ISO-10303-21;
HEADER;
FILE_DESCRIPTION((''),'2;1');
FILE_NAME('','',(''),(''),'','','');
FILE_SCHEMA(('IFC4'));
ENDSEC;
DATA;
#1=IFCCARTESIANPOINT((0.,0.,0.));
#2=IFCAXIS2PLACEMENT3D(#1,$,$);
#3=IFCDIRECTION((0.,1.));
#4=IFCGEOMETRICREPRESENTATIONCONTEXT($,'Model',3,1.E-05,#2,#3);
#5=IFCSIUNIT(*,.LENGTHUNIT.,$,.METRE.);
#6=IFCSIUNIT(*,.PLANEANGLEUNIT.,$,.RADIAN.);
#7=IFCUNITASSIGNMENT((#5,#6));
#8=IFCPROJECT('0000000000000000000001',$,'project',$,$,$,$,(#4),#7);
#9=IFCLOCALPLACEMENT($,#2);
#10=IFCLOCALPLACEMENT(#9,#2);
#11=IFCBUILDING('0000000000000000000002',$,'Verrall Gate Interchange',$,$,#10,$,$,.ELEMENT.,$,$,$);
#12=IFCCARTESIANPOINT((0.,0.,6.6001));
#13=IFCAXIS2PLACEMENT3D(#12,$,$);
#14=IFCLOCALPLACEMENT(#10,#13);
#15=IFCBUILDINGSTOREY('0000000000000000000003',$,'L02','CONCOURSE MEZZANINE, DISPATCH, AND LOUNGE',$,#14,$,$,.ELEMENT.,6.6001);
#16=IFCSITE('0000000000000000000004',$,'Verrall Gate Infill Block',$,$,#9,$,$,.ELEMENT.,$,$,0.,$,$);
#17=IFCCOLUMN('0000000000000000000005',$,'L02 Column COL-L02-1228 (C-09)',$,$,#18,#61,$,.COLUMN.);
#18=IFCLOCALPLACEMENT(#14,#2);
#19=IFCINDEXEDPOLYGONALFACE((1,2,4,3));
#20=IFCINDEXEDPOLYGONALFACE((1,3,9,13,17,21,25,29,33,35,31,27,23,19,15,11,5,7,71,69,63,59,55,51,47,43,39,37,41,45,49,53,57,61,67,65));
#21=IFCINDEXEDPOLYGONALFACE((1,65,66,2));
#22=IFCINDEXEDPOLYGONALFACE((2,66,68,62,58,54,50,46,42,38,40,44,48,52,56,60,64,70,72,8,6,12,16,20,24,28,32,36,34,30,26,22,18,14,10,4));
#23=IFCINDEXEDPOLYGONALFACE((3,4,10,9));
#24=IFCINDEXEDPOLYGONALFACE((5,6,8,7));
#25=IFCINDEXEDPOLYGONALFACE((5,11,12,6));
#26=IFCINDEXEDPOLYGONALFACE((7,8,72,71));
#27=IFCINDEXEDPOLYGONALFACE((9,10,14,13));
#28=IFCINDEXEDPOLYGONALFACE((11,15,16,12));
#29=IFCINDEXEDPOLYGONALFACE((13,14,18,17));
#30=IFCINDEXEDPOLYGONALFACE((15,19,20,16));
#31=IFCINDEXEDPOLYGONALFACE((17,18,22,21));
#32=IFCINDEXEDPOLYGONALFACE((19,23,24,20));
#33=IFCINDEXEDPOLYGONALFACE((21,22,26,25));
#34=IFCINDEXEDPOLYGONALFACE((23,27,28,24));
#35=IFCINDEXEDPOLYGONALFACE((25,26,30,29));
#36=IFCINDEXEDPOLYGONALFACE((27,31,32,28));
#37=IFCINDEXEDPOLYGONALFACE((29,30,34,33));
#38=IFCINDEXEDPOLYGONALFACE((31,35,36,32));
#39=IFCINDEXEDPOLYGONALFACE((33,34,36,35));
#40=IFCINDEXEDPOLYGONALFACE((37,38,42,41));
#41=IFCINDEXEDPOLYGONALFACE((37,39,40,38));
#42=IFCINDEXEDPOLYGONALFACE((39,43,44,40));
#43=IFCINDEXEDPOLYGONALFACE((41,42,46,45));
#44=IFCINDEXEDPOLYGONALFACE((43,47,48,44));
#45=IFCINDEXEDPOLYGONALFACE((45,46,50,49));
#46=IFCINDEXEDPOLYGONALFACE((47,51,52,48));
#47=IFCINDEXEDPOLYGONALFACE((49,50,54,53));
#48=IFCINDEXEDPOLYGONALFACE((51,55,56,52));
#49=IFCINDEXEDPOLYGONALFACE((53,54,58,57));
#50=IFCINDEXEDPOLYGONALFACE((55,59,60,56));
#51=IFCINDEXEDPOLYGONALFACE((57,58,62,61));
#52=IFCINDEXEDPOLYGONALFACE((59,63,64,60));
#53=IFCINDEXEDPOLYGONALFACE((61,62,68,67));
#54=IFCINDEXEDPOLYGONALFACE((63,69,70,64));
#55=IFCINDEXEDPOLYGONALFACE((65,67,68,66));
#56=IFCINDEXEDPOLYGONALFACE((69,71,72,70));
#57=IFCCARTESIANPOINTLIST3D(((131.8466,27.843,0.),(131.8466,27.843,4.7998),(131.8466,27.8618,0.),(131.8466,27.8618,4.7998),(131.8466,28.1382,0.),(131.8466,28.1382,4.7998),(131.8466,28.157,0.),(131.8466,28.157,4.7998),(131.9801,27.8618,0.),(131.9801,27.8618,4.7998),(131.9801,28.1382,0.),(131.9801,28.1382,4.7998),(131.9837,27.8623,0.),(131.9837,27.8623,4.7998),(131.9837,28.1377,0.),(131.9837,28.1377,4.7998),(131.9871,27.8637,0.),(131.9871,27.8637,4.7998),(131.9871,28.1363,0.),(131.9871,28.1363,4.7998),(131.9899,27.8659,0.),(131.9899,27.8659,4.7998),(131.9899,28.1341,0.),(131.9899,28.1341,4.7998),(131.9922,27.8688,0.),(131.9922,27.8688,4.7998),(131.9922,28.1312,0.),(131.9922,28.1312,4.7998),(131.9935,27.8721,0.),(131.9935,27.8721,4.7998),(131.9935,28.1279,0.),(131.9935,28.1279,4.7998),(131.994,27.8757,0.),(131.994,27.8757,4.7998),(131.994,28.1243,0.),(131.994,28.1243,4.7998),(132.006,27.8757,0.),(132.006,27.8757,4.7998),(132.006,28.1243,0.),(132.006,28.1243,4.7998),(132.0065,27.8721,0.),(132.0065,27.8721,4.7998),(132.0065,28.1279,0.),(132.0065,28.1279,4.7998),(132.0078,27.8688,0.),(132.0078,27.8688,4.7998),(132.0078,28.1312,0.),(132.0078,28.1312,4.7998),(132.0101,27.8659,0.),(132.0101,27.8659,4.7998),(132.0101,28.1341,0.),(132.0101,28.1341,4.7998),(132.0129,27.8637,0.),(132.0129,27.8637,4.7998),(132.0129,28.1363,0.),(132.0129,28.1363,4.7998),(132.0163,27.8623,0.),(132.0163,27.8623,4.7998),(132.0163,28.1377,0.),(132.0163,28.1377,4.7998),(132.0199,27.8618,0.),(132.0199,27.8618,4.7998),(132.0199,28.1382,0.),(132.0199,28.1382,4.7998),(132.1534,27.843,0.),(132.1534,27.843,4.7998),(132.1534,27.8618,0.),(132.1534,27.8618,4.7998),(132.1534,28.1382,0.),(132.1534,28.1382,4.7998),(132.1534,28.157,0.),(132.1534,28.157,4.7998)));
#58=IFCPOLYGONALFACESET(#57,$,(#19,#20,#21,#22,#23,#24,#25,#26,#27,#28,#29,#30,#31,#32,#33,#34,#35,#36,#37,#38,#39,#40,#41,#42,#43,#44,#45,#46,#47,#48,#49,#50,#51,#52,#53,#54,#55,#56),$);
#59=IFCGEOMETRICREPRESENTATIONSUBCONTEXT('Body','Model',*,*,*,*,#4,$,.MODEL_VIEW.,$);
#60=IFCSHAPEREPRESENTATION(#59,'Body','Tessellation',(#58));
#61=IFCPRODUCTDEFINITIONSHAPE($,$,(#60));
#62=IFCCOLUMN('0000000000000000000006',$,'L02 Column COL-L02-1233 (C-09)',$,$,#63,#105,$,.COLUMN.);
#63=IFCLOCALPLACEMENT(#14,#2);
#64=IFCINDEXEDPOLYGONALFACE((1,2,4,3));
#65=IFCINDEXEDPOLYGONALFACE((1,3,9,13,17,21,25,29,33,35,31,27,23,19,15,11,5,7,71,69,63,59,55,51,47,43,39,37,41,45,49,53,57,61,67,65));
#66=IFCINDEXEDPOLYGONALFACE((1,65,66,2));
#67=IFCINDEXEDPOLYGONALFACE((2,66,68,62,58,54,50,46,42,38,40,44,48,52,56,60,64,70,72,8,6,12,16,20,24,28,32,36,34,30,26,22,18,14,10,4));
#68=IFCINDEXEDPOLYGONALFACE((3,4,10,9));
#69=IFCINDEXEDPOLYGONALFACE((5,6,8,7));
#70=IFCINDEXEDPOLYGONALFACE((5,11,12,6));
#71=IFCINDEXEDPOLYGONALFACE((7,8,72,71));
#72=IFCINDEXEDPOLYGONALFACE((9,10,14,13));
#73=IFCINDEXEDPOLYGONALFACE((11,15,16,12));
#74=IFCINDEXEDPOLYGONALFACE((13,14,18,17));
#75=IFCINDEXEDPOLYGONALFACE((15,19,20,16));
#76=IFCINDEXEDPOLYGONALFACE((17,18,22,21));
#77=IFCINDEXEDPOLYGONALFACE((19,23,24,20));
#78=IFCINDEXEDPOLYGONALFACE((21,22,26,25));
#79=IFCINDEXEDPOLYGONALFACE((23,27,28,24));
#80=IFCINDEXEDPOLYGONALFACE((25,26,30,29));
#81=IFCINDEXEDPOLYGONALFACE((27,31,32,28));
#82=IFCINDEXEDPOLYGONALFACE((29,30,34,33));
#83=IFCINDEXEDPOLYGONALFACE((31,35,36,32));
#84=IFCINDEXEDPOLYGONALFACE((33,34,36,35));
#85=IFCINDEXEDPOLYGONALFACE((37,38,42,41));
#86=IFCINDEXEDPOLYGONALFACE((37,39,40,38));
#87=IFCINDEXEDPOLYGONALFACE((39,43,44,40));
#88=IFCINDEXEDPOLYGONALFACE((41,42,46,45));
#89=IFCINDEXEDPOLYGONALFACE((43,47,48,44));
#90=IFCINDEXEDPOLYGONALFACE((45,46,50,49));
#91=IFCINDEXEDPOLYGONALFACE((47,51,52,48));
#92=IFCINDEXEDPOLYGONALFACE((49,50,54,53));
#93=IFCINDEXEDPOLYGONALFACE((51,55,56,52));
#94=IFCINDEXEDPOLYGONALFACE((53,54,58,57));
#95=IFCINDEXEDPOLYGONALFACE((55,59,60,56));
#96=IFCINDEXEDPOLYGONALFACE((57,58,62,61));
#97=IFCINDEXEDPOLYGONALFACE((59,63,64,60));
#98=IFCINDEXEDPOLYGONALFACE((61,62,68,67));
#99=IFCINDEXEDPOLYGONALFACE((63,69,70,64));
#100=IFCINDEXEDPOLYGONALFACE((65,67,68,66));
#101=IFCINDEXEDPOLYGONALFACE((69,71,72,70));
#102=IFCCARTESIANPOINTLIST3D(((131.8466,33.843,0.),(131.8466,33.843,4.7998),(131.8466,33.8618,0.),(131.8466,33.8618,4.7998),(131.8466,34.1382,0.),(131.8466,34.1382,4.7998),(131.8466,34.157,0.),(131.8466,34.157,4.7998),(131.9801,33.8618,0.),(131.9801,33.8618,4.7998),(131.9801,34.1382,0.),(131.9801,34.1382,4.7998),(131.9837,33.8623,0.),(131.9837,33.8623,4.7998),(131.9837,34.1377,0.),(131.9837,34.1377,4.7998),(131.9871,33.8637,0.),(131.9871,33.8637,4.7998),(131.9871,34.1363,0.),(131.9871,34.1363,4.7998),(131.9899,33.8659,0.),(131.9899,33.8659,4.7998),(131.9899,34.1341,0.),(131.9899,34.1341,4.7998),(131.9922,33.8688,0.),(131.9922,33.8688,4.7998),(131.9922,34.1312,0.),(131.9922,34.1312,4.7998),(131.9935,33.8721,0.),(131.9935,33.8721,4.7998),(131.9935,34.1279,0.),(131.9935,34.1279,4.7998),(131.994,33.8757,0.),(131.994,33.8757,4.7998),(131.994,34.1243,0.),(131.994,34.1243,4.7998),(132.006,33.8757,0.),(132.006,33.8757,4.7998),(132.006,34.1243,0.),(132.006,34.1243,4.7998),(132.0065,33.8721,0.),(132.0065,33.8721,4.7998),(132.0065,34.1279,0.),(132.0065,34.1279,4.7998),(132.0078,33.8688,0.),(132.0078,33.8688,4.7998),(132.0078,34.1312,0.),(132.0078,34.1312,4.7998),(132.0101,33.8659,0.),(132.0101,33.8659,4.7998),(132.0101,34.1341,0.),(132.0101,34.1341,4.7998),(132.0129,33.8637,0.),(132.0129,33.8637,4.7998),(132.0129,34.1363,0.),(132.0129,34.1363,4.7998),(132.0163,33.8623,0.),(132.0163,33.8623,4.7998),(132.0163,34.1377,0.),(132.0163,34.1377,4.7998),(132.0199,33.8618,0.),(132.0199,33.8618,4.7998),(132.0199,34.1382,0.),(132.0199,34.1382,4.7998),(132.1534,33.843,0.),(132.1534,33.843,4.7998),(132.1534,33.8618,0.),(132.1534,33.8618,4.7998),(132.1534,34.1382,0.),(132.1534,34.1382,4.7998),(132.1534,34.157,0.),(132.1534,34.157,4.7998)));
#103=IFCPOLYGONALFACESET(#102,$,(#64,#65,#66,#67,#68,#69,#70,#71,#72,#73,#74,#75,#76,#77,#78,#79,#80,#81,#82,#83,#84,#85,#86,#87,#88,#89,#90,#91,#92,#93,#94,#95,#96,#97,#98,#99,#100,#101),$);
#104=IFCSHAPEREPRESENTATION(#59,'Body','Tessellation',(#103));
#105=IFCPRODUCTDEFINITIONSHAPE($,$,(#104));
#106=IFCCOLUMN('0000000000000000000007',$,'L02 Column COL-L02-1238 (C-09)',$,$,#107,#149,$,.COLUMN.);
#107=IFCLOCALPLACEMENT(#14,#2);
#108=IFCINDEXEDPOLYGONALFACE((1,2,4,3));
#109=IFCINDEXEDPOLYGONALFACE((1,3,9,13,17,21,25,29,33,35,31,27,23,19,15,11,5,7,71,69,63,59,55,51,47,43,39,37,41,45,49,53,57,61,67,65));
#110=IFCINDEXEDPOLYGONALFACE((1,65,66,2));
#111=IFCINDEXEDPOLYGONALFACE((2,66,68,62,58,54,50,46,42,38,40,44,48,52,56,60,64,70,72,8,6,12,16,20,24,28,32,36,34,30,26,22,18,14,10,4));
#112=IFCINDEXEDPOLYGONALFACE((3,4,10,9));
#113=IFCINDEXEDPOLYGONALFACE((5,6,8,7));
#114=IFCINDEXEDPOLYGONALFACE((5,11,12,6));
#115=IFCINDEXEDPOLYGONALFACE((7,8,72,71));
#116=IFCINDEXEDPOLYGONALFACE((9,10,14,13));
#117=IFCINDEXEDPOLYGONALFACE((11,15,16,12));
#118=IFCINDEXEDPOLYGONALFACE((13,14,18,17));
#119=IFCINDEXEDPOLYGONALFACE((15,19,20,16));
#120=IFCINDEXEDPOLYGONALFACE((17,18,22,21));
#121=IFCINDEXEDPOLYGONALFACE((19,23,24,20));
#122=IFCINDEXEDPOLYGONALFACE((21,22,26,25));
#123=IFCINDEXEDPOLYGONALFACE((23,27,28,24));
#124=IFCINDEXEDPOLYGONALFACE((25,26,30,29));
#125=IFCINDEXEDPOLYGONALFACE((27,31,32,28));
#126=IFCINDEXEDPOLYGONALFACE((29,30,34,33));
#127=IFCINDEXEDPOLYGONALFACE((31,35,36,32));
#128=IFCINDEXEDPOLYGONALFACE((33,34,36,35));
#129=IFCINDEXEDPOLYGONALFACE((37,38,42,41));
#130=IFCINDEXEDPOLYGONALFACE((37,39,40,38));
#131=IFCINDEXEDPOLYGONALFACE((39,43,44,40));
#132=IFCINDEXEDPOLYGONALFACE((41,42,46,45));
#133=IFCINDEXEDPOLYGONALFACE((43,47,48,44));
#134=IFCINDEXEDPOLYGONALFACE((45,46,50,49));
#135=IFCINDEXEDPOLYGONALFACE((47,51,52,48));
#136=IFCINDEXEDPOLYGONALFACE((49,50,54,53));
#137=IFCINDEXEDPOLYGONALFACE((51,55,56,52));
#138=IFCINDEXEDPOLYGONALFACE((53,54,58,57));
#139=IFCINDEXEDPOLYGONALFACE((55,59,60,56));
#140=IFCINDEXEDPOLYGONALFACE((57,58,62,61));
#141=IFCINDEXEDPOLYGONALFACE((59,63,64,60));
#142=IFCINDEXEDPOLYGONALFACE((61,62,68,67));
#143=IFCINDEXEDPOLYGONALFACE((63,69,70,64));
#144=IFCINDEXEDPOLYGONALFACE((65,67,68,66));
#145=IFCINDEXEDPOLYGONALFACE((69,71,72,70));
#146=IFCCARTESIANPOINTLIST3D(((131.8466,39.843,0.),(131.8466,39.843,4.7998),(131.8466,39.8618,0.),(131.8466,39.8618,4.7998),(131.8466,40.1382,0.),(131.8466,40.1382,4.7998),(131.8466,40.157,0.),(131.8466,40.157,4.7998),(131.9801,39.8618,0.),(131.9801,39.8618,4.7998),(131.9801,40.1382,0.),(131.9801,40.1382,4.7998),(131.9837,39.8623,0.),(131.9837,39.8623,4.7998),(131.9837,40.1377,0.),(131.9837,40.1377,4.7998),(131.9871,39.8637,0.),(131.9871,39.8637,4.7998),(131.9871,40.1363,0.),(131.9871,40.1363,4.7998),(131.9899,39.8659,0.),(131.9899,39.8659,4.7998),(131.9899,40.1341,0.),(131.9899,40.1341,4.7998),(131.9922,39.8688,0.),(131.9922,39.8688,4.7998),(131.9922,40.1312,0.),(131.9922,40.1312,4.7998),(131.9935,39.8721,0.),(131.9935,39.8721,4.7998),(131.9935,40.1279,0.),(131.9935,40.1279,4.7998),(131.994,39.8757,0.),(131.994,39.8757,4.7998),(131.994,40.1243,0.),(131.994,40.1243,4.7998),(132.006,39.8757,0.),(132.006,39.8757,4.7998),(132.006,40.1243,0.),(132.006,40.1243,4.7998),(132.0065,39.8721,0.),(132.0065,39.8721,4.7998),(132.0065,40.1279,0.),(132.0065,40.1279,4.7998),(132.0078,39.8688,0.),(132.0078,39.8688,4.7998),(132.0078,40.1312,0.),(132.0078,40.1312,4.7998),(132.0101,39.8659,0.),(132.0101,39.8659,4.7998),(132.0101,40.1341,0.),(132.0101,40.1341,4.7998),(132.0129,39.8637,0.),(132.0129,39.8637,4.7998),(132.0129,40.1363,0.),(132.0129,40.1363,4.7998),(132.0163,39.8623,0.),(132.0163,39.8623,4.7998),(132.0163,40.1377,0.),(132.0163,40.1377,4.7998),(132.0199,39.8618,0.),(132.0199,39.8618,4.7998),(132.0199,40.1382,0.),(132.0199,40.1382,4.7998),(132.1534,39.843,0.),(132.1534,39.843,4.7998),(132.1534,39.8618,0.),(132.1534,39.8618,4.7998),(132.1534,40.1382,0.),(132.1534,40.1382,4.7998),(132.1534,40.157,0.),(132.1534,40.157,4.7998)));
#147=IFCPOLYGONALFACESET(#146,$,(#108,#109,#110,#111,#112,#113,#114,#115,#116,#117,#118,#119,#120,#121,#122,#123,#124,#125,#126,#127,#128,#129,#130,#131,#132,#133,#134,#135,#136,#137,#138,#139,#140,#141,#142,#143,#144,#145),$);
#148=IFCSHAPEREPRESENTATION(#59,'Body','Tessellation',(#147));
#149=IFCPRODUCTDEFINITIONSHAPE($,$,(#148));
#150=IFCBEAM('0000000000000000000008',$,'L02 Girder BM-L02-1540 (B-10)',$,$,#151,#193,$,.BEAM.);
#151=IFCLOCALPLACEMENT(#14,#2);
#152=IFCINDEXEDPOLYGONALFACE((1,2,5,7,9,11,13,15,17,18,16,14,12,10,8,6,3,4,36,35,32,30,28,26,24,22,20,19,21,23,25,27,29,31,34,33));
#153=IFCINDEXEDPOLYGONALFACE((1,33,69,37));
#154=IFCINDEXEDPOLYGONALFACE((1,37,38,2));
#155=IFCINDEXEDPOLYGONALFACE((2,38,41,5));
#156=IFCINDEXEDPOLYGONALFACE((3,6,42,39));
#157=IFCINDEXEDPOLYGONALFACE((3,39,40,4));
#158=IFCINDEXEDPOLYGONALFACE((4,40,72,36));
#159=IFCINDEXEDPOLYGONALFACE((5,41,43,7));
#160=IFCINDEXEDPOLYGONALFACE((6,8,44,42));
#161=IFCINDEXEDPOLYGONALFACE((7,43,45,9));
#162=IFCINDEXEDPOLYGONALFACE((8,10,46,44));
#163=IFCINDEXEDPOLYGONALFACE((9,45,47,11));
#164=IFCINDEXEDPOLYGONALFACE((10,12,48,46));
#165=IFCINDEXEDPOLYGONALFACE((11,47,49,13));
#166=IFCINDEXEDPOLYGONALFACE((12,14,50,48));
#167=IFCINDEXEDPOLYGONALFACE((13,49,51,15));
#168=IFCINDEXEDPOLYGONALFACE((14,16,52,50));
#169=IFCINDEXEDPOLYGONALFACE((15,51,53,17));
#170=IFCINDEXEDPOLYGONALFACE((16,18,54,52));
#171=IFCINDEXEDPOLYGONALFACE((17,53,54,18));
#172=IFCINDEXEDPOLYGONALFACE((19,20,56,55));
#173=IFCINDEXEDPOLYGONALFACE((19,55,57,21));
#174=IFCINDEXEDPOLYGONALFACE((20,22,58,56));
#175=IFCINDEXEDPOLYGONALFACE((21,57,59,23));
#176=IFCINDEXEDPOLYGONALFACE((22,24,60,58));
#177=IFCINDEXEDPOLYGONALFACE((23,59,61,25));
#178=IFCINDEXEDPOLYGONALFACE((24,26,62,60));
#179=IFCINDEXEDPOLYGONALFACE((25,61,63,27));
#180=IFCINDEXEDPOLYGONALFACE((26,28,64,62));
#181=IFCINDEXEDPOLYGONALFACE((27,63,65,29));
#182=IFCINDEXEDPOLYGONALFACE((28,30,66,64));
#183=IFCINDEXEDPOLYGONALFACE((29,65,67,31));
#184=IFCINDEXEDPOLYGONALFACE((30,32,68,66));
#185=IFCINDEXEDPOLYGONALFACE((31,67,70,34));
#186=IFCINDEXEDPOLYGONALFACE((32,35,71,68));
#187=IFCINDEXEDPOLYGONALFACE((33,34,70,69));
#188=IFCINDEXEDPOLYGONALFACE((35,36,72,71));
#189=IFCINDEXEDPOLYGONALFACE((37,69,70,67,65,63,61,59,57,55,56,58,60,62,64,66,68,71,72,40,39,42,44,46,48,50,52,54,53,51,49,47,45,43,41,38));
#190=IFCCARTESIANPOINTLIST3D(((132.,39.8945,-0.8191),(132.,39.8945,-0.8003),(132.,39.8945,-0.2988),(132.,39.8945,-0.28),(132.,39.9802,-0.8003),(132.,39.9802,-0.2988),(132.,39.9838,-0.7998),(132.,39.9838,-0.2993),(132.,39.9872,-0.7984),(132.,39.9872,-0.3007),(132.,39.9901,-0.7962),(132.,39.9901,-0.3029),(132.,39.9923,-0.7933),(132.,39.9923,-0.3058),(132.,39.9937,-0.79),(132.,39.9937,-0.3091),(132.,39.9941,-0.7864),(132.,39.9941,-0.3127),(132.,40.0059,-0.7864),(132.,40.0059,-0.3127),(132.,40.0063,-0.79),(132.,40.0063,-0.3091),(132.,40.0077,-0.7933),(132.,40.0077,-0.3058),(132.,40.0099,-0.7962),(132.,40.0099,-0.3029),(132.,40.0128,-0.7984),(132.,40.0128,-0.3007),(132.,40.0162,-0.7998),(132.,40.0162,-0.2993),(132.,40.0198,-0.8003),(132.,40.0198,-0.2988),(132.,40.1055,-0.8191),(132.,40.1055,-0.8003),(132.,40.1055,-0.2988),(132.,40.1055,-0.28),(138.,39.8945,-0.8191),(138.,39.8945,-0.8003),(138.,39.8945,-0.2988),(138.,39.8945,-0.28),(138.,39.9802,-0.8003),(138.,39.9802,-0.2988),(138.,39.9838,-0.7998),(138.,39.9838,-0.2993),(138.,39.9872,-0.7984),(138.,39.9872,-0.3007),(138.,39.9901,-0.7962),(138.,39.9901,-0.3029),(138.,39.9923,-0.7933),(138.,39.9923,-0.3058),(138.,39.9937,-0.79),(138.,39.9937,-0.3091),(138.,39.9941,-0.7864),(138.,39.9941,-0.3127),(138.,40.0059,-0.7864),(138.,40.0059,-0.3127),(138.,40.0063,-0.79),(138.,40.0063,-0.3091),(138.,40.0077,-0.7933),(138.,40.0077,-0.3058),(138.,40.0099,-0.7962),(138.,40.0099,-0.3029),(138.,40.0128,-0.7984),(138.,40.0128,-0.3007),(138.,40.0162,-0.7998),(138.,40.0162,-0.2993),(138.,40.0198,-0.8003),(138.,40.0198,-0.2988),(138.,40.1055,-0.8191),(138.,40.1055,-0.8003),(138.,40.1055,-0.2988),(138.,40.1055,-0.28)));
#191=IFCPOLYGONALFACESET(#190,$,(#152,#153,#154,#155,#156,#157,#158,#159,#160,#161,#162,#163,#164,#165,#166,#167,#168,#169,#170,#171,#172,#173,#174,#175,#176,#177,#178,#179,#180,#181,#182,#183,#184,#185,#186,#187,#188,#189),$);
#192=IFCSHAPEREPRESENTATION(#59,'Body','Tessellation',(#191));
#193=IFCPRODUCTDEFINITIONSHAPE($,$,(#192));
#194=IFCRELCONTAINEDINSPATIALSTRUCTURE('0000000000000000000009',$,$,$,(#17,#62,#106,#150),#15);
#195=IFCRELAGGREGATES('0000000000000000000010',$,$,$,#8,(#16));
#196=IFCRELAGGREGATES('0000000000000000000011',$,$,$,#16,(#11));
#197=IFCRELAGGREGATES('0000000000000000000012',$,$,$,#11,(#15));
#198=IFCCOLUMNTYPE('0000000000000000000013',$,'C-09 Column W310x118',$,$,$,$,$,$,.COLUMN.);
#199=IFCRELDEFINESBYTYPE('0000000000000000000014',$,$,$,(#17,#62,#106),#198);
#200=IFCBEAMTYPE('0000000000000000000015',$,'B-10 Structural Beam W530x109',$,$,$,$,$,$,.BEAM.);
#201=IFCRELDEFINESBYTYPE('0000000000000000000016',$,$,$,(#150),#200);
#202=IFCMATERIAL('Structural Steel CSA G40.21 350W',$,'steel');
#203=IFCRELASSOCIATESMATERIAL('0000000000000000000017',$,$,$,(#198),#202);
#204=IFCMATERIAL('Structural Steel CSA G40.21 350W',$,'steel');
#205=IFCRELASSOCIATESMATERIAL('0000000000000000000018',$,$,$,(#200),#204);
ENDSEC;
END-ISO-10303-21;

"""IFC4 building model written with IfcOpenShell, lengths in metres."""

from ifc_helpers import new_model, si_unit, direction, frame, origin, origin_2d, place, context, subcontext, project, spatial, i_section, extrude, material, material_profile, profile_set, type_object, element, save


model = new_model("IFC4")

# Units and contexts
model_context = context("Model", 3, precision=1e-05, world=origin(), true_north=direction((0.0, 1.0)))
body_context = subcontext(model_context, "Body", "Model", "MODEL_VIEW")
ifc_project = project(units=[si_unit("LENGTHUNIT", "METRE"), si_unit("PLANEANGLEUNIT", "RADIAN")], contexts=[model_context])

# Site, building, storey
site_placement = place(None, origin())
site = spatial("IfcSite", under=ifc_project, at=site_placement, Name="Verrall Gate Infill Block", CompositionType="ELEMENT", RefElevation=0.0)
building_placement = place(site_placement, origin())
building = spatial("IfcBuilding", under=site, at=building_placement, Name="Verrall Gate Interchange", CompositionType="ELEMENT")
storey_placement = place(building_placement, frame((0.0, 0.0, 6.6001)))
storey = spatial("IfcBuildingStorey", under=building, at=storey_placement, Name="L02", Description="CONCOURSE MEZZANINE, DISPATCH, AND LOUNGE", CompositionType="ELEMENT", Elevation=6.6001)

# Columns
ifc_material_1 = material(Name="Structural Steel CSA G40.21 350W", Category="steel")
ifc_material_profile_1 = material_profile(ifc_material_1, i_section(OverallWidth=0.3069, OverallDepth=0.314, WebThickness=0.012, FlangeThickness=0.0188, FilletRadius=0.0139, at=origin_2d()), Name="W310x118")
ifc_profile_set_1 = profile_set([ifc_material_profile_1], Name="Structural Steel CSA G40.21 350W")
column_type = type_object("IfcColumnType", Name="C-09 Column W310x118", PredefinedType="COLUMN", material=ifc_profile_set_1)
for number, where, z_axis, x_axis, name in (
    (1, (132.0, 28.0, 0.0), (0.0, 0.0, 1.0), (1.0, 0.0, 0.0), "L02 Column COL-L02-1228 (C-09)"),
    (2, (132.0, 34.0, 0.0), (0.0, 0.0, 1.0), (1.0, 0.0, 0.0), "L02 Column COL-L02-1233 (C-09)"),
    (3, (132.0, 40.0, 0.0), (0.0, 0.0, 1.0), (1.0, 0.0, 0.0), "L02 Column COL-L02-1238 (C-09)"),
):
    element("IfcColumn", number, at=place(storey_placement, frame(where, z_axis=z_axis, x_axis=x_axis)), inside=storey, type_object=column_type, Name=name, PredefinedType="COLUMN", context=body_context, shape_type="SweptSolid", body=[
        extrude(i_section(OverallWidth=0.3069, OverallDepth=0.314, WebThickness=0.012, FlangeThickness=0.0188, FilletRadius=0.0139, at=origin_2d()), origin(), (0.0, 0.0, 1.0), 4.7998),
    ])

# Beam
ifc_material_2 = material(Name="Structural Steel CSA G40.21 350W", Category="steel")
ifc_material_profile_2 = material_profile(ifc_material_2, i_section(OverallWidth=0.2109, OverallDepth=0.5391, WebThickness=0.0117, FlangeThickness=0.0188, FilletRadius=0.0139, at=origin_2d()), Name="W530x109")
ifc_profile_set_2 = profile_set([ifc_material_profile_2], Name="Structural Steel CSA G40.21 350W")
beam_type_1 = type_object("IfcBeamType", Name="B-10 Structural Beam W530x109", PredefinedType="BEAM", material=ifc_profile_set_2)
beam_1_placement = place(storey_placement, frame((132.0, 40.0, -0.5496), z_axis=(1.0, 0.0, 0.0), x_axis=(0.0, 1.0, 0.0)))
element("IfcBeam", 4, at=beam_1_placement, inside=storey, type_object=beam_type_1, Name="L02 Girder BM-L02-1540 (B-10)", PredefinedType="BEAM", context=body_context, shape_type="SweptSolid", body=[
    extrude(i_section(OverallWidth=0.2109, OverallDepth=0.5391, WebThickness=0.0117, FlangeThickness=0.0188, FilletRadius=0.0139, at=origin_2d()), origin(), (0.0, 0.0, 1.0), 6.0),
])

save(model, "model.ifc")
